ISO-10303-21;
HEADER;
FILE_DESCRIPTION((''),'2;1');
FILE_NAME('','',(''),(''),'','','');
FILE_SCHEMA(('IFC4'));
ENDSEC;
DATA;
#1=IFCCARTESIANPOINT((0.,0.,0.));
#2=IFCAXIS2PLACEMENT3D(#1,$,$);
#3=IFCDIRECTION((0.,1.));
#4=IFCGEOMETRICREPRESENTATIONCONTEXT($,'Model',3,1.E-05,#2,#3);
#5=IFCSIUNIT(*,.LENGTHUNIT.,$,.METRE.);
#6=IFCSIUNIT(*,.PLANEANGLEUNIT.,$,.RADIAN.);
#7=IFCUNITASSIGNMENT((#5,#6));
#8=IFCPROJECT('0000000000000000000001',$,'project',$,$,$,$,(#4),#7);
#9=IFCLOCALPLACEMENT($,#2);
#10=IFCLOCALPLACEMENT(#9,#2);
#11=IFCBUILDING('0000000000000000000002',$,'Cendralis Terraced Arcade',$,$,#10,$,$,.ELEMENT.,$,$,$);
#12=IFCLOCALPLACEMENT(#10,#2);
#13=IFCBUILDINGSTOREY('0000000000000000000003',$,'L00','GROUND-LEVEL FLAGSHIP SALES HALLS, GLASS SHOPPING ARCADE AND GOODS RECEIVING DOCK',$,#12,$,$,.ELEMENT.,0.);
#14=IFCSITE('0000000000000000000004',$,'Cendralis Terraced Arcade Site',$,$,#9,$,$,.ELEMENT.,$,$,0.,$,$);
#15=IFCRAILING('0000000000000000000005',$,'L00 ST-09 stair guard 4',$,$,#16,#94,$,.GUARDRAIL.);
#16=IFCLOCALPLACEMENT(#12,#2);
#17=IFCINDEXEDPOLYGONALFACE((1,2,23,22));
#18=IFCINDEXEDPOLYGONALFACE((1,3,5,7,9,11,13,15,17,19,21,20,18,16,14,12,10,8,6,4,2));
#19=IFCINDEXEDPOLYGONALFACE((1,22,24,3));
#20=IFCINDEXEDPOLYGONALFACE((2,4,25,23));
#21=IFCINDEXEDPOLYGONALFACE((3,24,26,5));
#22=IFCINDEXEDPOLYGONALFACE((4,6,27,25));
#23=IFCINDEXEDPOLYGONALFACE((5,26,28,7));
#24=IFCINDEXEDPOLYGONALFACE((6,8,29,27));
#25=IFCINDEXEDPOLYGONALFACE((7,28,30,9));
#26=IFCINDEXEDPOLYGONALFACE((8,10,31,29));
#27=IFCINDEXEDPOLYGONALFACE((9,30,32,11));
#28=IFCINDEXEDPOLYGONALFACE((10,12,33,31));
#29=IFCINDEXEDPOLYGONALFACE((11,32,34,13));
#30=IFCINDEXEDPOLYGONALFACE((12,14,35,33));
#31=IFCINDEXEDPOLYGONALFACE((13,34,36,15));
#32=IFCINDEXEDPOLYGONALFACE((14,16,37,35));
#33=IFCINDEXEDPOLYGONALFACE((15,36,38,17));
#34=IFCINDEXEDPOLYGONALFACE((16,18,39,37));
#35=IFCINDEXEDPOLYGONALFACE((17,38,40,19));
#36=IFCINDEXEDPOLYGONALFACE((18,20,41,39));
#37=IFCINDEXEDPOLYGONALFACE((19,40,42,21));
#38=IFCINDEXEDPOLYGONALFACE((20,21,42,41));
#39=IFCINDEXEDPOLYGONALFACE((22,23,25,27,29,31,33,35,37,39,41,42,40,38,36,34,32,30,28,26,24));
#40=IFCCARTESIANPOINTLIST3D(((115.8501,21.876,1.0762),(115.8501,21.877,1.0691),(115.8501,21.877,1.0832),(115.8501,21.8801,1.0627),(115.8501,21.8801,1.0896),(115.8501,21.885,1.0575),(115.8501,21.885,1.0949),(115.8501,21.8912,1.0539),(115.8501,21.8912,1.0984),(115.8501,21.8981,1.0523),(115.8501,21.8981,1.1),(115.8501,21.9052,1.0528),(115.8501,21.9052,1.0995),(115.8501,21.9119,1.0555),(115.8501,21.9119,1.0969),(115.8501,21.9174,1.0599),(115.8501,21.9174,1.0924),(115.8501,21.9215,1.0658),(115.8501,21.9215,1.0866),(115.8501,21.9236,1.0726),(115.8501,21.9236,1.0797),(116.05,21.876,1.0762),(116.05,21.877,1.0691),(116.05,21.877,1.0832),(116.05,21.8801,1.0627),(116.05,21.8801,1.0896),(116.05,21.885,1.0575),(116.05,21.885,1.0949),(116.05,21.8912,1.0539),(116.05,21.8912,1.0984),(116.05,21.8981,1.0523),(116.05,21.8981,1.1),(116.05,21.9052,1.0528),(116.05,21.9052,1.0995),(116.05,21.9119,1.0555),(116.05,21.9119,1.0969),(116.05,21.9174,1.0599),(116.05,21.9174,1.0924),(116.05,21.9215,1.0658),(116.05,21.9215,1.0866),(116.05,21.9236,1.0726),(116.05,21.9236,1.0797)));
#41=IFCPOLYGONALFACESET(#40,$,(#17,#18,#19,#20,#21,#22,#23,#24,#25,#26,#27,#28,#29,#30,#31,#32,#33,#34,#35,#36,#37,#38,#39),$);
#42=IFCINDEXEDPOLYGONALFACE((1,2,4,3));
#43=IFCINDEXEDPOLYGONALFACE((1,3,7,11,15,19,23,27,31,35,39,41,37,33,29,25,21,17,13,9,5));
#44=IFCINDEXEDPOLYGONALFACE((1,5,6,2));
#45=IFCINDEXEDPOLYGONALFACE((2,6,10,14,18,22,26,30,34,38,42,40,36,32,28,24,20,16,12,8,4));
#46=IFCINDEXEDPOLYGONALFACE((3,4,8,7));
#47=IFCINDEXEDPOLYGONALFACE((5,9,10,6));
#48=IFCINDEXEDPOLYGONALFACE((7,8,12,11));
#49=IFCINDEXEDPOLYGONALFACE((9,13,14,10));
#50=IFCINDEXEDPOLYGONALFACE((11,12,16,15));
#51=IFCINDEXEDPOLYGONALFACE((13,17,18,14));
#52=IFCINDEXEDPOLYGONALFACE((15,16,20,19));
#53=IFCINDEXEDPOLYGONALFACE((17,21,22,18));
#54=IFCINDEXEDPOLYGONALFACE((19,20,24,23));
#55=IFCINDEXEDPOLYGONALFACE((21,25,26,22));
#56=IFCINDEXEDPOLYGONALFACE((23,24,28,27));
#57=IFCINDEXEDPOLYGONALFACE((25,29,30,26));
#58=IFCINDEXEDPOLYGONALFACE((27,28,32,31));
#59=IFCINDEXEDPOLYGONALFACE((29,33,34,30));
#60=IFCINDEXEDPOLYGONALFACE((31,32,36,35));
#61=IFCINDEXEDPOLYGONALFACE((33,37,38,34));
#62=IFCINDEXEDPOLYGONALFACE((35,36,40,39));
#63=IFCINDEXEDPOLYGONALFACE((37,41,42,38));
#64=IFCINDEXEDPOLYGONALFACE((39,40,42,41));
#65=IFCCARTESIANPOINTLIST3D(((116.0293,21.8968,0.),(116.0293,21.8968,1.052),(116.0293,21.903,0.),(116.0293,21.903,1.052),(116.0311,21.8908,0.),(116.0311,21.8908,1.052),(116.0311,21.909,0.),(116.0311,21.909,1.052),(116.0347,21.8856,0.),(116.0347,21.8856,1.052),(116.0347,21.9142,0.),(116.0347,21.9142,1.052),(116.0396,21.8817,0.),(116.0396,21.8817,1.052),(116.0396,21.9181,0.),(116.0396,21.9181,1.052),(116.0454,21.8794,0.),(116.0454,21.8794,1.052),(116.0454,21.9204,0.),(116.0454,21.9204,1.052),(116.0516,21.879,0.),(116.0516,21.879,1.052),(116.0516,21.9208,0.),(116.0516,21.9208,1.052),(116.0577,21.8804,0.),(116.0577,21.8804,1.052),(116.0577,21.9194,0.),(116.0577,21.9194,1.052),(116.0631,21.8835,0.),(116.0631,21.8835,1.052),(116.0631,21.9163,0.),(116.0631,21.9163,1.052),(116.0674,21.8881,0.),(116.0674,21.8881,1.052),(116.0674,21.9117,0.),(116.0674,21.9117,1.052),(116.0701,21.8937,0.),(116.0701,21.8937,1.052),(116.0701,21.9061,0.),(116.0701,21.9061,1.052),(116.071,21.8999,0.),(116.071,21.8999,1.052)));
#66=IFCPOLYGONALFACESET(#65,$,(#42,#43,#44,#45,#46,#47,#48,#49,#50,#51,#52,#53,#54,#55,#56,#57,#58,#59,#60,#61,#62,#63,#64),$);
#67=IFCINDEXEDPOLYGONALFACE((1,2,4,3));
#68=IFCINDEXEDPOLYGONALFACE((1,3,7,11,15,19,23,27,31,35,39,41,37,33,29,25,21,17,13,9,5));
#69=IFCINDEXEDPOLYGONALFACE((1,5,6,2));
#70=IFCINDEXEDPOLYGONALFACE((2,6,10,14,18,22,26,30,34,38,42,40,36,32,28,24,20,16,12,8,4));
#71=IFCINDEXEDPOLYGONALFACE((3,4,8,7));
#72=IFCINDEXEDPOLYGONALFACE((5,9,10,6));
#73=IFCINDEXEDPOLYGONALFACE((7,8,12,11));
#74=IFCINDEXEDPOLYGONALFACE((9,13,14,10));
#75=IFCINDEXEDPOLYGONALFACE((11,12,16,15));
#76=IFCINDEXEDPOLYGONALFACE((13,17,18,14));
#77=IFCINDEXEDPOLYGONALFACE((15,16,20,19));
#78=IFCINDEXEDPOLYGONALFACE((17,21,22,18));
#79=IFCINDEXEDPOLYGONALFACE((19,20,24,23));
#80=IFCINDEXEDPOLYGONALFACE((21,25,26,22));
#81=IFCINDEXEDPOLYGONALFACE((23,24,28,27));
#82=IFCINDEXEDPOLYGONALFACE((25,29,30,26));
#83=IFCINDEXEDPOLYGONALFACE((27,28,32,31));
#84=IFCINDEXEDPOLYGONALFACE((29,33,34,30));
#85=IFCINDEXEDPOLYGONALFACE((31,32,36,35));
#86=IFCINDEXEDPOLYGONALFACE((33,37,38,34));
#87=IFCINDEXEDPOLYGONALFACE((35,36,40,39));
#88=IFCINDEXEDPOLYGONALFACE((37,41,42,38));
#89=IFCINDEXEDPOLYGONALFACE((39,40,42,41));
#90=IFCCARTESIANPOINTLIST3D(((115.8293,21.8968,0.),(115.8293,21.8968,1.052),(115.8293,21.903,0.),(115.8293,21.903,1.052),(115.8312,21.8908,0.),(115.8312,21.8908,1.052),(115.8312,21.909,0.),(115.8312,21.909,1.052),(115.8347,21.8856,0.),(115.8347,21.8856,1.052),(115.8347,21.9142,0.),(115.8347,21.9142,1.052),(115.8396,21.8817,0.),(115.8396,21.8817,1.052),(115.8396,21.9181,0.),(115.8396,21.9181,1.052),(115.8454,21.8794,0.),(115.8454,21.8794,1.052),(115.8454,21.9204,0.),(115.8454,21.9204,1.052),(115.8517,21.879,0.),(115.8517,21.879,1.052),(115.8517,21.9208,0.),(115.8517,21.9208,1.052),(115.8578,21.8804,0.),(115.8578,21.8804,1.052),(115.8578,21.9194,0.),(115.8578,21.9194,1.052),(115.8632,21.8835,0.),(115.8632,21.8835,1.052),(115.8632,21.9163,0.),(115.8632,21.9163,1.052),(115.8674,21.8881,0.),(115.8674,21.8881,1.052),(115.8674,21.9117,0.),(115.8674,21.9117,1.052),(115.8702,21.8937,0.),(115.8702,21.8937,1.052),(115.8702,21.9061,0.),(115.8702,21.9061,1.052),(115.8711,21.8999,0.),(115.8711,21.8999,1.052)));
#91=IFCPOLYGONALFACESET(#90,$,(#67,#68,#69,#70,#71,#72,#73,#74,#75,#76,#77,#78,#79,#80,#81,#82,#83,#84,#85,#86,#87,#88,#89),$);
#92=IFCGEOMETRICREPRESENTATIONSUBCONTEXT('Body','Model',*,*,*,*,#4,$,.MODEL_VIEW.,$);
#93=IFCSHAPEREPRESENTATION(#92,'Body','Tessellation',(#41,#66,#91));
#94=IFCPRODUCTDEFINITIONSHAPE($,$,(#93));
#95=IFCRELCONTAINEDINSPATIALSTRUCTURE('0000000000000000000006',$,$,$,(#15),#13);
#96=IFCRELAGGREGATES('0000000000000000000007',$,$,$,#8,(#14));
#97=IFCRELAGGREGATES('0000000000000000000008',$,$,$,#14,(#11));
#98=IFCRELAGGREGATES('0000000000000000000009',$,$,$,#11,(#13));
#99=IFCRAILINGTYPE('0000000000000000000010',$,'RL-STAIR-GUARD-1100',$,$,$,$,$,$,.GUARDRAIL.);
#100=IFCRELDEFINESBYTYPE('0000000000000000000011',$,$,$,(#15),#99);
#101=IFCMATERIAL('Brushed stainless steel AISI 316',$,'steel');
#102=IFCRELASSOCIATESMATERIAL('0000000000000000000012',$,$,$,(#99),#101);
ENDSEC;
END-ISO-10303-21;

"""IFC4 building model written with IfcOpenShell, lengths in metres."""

from ifc_helpers import new_model, si_unit, direction, frame, origin, origin_2d, place, context, subcontext, project, spatial, circle, extrude, material, type_object, element, save


model = new_model("IFC4")

# Units and contexts
model_context = context("Model", 3, precision=1e-05, world=origin(), true_north=direction((0.0, 1.0)))
body_context = subcontext(model_context, "Body", "Model", "MODEL_VIEW")
ifc_project = project(units=[si_unit("LENGTHUNIT", "METRE"), si_unit("PLANEANGLEUNIT", "RADIAN")], contexts=[model_context])

# Site, building, storey
site_placement = place(None, origin())
site = spatial("IfcSite", under=ifc_project, at=site_placement, Name="Cendralis Terraced Arcade Site", CompositionType="ELEMENT", RefElevation=0.0)
building_placement = place(site_placement, origin())
building = spatial("IfcBuilding", under=site, at=building_placement, Name="Cendralis Terraced Arcade", CompositionType="ELEMENT")
storey_placement = place(building_placement, origin())
storey = spatial("IfcBuildingStorey", under=building, at=storey_placement, Name="L00", Description="GROUND-LEVEL FLAGSHIP SALES HALLS, GLASS SHOPPING ARCADE AND GOODS RECEIVING DOCK", CompositionType="ELEMENT", Elevation=0.0)

# Railing
ifc_material_1 = material(Name="Brushed stainless steel AISI 316", Category="steel")
railing_type_1 = type_object("IfcRailingType", Name="RL-STAIR-GUARD-1100", PredefinedType="GUARDRAIL", material=ifc_material_1)
railing_1_placement = place(storey_placement, frame((116.05, 21.8999, 0.0)))
element("IfcRailing", 1, at=railing_1_placement, inside=storey, type_object=railing_type_1, Name="L00 ST-09 stair guard 4", PredefinedType="GUARDRAIL", context=body_context, shape_type="SweptSolid", body=[
    extrude(circle(Radius=0.0239, at=origin_2d()), frame((0.0, 0.0, 1.0762), z_axis=(-1.0, 0.0, 0.0), x_axis=(0.0, -1.0, 0.0)), (0.0, 0.0, 1.0), 0.2),
    extrude(circle(Radius=0.021, at=origin_2d()), origin(), (0.0, 0.0, 1.0), 1.052),
    extrude(circle(Radius=0.021, at=origin_2d()), frame((-0.2, 0.0, 0.0)), (0.0, 0.0, 1.0), 1.052),
])

save(model, "model.ifc")
